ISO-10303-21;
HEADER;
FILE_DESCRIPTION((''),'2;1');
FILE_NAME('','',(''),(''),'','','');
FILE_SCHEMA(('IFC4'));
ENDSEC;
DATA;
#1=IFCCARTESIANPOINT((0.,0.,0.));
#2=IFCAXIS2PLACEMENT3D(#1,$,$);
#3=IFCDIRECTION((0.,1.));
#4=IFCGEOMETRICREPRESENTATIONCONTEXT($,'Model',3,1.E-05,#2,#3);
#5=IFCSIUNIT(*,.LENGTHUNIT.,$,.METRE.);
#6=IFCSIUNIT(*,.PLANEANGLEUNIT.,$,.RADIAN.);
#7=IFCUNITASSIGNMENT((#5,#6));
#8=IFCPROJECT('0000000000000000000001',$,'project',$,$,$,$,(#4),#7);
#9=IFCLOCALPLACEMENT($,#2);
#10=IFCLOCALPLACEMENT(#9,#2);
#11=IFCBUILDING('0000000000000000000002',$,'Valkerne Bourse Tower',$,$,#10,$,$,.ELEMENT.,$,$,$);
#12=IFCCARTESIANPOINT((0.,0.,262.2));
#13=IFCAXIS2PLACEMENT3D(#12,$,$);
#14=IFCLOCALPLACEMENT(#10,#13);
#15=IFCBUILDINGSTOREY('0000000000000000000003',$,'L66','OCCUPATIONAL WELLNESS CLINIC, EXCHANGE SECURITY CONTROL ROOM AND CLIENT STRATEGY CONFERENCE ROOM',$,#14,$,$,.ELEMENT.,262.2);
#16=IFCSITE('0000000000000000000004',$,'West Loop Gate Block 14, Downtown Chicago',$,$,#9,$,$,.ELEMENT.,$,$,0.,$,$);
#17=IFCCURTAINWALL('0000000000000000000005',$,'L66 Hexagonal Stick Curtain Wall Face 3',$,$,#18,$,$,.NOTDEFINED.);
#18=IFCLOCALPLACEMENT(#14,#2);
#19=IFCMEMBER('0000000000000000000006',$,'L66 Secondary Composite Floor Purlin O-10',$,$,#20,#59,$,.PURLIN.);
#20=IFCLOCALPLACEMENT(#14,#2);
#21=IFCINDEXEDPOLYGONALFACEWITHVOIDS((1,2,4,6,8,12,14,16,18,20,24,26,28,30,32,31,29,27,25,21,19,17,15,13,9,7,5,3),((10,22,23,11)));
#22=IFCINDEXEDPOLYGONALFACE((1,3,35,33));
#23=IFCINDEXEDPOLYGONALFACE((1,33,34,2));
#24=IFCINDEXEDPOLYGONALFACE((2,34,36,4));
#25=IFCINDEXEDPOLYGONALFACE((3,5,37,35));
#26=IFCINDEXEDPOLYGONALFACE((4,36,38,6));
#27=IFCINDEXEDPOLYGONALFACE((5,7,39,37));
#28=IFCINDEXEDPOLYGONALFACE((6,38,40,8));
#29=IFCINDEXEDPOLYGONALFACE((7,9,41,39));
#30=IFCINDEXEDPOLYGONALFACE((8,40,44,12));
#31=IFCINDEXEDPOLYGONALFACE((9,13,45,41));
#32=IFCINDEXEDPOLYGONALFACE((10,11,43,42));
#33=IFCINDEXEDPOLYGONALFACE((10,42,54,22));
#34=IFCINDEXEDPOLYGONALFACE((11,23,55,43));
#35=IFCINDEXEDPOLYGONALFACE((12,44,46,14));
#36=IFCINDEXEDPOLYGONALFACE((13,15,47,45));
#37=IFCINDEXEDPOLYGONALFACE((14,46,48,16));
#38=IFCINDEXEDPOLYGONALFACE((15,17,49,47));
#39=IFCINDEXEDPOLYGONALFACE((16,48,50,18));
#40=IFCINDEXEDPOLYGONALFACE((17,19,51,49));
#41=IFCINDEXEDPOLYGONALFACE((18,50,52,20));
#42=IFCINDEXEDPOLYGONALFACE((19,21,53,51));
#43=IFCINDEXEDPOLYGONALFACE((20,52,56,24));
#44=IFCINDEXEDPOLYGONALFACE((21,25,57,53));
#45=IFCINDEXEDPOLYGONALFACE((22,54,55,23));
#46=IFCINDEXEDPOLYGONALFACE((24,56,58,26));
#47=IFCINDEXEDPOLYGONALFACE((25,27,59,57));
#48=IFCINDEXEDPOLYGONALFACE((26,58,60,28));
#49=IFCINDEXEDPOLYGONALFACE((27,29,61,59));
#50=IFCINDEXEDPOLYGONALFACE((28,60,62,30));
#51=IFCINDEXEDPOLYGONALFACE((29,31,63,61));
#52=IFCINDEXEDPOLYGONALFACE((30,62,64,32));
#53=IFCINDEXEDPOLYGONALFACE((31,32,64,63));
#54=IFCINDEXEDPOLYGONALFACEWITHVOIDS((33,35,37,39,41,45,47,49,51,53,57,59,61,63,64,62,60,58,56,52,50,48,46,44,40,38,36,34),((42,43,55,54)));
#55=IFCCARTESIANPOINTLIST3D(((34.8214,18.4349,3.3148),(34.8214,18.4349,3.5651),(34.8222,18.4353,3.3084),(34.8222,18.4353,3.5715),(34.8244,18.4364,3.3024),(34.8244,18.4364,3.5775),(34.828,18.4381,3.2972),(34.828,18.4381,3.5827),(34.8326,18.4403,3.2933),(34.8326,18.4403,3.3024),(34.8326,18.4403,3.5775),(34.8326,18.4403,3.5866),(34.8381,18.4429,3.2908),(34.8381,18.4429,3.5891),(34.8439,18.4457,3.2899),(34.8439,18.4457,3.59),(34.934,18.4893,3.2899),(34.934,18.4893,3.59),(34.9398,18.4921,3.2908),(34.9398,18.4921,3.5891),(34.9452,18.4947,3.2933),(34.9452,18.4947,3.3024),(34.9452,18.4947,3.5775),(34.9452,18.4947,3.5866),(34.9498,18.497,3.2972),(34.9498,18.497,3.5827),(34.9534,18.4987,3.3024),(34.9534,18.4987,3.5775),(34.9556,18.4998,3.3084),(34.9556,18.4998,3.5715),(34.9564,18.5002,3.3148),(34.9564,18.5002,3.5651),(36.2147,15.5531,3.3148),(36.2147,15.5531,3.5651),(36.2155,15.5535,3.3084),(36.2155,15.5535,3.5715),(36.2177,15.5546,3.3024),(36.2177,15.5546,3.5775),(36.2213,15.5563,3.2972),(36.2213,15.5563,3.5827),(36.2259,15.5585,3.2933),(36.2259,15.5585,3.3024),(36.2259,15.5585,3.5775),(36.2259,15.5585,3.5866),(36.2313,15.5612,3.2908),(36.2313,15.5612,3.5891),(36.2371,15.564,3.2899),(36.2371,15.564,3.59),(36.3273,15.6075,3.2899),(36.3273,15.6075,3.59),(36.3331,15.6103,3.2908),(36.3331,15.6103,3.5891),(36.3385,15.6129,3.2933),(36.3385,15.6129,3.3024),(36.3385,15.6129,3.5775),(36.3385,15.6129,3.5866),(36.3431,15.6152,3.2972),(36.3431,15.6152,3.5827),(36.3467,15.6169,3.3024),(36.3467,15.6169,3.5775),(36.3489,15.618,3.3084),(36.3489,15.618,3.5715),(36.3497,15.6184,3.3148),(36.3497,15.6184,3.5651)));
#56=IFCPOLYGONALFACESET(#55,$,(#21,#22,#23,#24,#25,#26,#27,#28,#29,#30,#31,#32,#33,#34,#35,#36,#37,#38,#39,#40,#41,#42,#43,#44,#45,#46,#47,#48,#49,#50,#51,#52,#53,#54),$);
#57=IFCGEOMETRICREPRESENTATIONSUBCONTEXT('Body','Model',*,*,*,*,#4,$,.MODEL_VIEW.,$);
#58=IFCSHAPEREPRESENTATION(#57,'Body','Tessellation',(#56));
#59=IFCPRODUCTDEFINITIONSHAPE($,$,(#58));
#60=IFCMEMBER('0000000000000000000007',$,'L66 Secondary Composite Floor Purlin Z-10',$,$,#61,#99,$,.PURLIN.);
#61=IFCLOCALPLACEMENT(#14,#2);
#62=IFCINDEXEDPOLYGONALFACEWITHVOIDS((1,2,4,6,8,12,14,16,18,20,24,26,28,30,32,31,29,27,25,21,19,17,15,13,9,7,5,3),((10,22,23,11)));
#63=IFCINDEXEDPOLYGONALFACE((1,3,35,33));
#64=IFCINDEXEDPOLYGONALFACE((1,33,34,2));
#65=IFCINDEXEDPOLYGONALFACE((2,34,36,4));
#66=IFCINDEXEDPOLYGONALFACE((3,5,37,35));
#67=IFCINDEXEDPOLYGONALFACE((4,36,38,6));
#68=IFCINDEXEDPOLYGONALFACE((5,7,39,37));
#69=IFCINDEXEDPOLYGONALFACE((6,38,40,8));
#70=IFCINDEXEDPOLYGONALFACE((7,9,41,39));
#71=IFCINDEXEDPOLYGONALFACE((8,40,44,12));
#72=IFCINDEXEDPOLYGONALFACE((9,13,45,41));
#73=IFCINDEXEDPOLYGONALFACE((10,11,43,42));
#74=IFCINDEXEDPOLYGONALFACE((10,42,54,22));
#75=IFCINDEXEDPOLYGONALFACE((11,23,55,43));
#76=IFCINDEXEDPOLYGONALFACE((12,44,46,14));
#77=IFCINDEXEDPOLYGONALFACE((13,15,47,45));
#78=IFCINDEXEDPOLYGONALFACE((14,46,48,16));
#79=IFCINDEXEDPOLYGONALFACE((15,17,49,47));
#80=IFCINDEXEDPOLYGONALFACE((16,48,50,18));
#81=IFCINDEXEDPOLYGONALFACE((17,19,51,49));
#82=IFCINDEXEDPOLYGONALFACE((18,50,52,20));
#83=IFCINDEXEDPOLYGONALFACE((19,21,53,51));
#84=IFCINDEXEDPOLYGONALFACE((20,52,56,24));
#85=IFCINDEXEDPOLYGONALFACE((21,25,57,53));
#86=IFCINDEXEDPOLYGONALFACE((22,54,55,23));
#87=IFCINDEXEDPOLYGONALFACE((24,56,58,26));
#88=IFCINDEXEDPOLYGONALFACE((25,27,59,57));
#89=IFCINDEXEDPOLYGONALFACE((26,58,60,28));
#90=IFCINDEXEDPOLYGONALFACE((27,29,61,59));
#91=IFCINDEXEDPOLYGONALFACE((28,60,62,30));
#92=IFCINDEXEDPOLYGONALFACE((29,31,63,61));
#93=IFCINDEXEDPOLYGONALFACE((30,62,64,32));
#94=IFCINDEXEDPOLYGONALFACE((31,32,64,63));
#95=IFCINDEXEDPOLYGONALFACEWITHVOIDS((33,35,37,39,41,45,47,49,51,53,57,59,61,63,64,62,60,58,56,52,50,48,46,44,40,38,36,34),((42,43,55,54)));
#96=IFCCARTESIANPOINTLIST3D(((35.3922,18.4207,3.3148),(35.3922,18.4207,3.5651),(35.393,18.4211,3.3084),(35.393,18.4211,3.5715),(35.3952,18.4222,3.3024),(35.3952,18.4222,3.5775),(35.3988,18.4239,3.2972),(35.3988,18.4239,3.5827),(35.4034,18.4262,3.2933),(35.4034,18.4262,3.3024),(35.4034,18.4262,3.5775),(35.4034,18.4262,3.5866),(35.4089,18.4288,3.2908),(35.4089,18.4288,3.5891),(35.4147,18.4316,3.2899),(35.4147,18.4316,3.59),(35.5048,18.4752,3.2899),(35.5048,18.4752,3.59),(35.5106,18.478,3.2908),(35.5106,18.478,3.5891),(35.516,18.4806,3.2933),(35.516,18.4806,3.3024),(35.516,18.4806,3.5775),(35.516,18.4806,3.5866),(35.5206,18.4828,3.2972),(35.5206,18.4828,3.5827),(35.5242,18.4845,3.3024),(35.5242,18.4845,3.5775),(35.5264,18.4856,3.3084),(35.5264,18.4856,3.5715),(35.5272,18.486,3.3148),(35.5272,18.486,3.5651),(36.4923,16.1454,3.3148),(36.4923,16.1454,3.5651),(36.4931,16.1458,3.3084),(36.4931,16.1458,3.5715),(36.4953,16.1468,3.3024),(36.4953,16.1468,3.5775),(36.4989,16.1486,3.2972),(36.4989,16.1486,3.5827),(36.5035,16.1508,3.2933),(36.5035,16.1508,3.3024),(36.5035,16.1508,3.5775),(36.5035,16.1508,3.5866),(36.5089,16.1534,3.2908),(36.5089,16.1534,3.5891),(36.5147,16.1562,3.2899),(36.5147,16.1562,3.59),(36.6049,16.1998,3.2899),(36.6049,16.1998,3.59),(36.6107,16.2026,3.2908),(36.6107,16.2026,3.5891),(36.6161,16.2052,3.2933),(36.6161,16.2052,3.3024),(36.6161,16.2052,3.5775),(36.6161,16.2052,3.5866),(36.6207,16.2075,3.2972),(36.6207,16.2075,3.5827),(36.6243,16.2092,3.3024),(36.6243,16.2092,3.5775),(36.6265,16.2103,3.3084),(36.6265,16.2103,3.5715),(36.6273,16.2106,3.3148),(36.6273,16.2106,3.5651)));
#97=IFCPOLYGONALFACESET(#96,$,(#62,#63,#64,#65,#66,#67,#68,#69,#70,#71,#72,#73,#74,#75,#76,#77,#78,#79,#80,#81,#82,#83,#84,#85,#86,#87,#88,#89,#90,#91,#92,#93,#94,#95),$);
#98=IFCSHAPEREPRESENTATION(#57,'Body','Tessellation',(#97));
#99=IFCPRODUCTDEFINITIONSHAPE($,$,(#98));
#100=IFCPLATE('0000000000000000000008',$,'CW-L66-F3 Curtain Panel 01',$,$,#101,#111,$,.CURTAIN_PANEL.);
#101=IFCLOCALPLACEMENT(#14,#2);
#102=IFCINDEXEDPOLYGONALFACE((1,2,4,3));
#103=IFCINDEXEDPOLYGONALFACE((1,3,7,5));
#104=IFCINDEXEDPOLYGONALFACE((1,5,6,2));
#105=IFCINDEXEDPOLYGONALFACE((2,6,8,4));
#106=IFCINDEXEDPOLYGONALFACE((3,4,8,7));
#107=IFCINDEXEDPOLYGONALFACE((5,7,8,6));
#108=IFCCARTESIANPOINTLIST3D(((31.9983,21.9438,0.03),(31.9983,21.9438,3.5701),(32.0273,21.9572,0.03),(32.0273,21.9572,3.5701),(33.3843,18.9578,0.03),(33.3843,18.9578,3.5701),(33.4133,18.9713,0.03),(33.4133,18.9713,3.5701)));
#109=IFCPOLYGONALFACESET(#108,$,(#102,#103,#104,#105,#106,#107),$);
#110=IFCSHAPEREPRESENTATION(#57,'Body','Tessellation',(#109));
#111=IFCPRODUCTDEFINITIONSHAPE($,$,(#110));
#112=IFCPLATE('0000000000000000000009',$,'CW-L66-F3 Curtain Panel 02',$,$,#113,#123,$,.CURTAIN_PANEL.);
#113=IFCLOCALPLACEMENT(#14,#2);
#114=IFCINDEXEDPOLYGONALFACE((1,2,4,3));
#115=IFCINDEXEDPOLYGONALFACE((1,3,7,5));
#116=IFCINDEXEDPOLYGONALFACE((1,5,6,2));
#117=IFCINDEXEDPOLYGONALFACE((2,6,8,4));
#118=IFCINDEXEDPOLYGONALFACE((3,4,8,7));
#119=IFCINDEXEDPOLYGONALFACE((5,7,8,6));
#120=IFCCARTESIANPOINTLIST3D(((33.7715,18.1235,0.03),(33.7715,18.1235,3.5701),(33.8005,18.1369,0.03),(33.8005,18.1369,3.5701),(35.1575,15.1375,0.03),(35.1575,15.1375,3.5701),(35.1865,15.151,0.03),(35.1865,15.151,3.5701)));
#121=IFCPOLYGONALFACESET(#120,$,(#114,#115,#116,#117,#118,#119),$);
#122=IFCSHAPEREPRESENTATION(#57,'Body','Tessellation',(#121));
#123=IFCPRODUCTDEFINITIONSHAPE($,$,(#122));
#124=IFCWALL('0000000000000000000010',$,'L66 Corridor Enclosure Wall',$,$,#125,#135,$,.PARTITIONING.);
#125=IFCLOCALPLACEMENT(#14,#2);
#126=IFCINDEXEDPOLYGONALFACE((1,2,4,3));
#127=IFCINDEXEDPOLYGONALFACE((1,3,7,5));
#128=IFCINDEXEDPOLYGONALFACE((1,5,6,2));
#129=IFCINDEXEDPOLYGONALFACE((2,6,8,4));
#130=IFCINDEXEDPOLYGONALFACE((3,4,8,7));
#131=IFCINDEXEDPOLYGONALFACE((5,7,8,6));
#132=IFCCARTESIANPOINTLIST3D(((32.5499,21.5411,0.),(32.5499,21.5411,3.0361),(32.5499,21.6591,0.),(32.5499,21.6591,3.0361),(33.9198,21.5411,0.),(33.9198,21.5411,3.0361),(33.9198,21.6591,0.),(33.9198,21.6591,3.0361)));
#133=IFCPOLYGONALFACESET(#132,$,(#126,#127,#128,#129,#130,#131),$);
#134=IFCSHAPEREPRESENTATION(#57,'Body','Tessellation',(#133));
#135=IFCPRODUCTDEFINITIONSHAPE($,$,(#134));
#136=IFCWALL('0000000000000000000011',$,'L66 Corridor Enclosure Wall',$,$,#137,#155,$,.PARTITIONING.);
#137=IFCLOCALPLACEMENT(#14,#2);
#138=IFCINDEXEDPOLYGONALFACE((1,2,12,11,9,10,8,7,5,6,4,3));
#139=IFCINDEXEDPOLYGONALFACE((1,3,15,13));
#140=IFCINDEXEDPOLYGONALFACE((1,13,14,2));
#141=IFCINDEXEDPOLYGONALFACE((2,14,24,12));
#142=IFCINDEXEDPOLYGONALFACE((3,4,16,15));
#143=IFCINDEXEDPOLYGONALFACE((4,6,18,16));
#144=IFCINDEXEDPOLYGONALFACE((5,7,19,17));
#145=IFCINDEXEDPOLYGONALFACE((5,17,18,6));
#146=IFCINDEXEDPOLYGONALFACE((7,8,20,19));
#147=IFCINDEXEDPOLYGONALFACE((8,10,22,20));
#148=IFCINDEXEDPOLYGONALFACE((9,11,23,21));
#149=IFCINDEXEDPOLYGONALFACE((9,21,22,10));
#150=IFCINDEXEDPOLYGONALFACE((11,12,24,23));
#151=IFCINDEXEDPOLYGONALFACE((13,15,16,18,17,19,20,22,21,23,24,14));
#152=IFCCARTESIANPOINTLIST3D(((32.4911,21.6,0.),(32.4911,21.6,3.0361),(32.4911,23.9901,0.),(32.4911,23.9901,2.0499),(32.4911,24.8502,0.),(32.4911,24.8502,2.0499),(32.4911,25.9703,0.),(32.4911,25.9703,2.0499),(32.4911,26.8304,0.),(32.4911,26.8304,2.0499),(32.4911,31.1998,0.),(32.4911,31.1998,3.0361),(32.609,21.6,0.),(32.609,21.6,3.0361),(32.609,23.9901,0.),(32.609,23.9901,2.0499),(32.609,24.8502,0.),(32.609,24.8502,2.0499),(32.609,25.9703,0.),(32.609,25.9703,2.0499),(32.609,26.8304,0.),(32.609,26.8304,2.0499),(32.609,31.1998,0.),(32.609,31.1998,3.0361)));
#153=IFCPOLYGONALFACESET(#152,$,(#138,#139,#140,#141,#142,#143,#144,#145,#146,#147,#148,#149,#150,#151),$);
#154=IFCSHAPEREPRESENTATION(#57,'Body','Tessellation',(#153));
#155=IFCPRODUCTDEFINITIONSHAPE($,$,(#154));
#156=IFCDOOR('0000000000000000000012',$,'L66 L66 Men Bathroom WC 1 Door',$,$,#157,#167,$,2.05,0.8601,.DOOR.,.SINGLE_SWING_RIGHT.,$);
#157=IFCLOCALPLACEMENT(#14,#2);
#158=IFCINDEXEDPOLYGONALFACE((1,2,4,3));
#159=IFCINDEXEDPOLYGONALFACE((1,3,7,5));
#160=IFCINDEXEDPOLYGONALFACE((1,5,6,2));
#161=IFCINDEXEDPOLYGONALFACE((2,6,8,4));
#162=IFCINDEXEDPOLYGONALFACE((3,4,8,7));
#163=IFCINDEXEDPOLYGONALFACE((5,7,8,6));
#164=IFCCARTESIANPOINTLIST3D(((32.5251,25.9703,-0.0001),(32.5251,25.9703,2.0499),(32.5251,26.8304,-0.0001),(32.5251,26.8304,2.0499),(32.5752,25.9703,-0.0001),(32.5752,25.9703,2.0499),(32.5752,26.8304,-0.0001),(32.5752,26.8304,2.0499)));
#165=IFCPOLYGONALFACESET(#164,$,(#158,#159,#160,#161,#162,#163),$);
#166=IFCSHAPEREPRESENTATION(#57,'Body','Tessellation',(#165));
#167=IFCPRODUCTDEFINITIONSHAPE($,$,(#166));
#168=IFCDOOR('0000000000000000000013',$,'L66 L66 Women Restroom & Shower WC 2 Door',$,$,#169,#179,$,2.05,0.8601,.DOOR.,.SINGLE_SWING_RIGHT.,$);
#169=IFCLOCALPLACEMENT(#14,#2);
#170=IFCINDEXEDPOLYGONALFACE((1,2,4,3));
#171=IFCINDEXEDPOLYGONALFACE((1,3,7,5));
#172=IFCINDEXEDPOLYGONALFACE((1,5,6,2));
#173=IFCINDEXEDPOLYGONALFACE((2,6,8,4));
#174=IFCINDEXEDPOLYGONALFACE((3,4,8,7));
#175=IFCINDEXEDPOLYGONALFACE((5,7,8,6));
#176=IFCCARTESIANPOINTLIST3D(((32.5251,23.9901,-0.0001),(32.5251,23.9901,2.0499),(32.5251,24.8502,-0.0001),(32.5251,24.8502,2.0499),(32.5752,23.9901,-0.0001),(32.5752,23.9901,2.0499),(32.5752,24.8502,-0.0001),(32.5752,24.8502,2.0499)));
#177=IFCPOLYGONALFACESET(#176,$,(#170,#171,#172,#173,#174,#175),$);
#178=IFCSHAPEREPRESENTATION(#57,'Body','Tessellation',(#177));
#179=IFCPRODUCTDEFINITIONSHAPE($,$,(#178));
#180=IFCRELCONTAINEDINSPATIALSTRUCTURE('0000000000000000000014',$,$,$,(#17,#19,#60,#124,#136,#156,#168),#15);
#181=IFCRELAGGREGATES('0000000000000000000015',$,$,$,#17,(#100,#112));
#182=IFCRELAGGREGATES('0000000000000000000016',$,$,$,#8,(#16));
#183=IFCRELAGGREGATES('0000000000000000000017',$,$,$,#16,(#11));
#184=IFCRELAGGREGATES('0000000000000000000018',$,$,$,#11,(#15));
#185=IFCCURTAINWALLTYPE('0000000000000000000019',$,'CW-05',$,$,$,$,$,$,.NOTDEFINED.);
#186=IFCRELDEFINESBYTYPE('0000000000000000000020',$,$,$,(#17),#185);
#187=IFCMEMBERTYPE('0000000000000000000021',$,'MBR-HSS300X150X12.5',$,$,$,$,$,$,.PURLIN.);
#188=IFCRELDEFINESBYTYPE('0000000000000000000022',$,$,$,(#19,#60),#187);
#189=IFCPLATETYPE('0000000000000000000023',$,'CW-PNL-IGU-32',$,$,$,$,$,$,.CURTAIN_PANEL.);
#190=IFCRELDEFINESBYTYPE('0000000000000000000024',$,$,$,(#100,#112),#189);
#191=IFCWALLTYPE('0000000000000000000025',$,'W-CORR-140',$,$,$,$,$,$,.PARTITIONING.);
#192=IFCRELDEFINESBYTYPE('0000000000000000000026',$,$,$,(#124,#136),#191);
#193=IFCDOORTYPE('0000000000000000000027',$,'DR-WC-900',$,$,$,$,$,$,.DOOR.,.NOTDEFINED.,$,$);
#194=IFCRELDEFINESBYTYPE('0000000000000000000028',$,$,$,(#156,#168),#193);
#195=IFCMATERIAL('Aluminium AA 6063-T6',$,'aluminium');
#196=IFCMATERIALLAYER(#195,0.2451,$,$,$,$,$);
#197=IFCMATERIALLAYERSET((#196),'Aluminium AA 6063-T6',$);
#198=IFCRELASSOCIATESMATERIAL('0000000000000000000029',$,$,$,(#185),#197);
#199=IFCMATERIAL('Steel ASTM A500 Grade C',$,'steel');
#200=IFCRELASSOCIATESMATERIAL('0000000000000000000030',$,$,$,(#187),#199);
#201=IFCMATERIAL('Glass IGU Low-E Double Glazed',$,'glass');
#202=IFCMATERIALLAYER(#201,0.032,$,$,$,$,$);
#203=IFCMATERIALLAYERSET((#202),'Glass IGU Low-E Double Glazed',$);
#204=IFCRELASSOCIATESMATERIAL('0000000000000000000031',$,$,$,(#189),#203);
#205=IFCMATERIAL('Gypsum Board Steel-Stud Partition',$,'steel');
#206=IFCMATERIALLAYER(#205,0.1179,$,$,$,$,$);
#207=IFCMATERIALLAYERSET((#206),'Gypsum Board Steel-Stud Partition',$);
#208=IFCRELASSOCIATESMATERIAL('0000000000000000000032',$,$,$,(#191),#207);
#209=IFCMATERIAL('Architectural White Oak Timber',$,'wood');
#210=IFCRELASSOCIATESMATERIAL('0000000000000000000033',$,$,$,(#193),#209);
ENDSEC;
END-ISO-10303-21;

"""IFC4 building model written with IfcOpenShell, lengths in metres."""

from ifc_helpers import new_model, si_unit, direction, frame, frame_2d, origin, origin_2d, place, context, subcontext, project, spatial, rectangle, hollow_rectangle, extrude, material, layer, layer_set, material_profile, profile_set, type_object, element, fill, aggregate, save


model = new_model("IFC4")

# Units and contexts
model_context = context("Model", 3, precision=1e-05, world=origin(), true_north=direction((0.0, 1.0)))
body_context = subcontext(model_context, "Body", "Model", "MODEL_VIEW")
ifc_project = project(units=[si_unit("LENGTHUNIT", "METRE"), si_unit("PLANEANGLEUNIT", "RADIAN")], contexts=[model_context])

# Site, building, storey
site_placement = place(None, origin())
site = spatial("IfcSite", under=ifc_project, at=site_placement, Name="West Loop Gate Block 14, Downtown Chicago", CompositionType="ELEMENT", RefElevation=0.0)
building_placement = place(site_placement, origin())
building = spatial("IfcBuilding", under=site, at=building_placement, Name="Valkerne Bourse Tower", CompositionType="ELEMENT")
storey_placement = place(building_placement, frame((0.0, 0.0, 262.2)))
storey = spatial("IfcBuildingStorey", under=building, at=storey_placement, Name="L66", Description="OCCUPATIONAL WELLNESS CLINIC, EXCHANGE SECURITY CONTROL ROOM AND CLIENT STRATEGY CONFERENCE ROOM", CompositionType="ELEMENT", Elevation=262.2)

# Curtain wall
ifc_material_1 = material(Name="Aluminium AA 6063-T6", Category="aluminium")
ifc_layer_1 = layer(ifc_material_1, 0.2451)
ifc_layer_set_1 = layer_set([ifc_layer_1], Name="Aluminium AA 6063-T6")
curtain_wall_type = type_object("IfcCurtainWallType", Name="CW-05", PredefinedType="NOTDEFINED", material=ifc_layer_set_1)
curtain_wall_placement = place(storey_placement, origin())
curtain_wall = element("IfcCurtainWall", 1, at=curtain_wall_placement, inside=storey, type_object=curtain_wall_type, Name="L66 Hexagonal Stick Curtain Wall Face 3", PredefinedType="NOTDEFINED")

# Members
ifc_material_2 = material(Name="Steel ASTM A500 Grade C", Category="steel")
ifc_material_profile_1 = material_profile(ifc_material_2, hollow_rectangle(XDim=0.1499, YDim=0.3, WallThickness=0.0125, OuterFilletRadius=0.0249, at=origin_2d()), Name="HSS300X150X12.5")
ifc_profile_set_1 = profile_set([ifc_material_profile_1], Name="Steel ASTM A500 Grade C")
member_type_1 = type_object("IfcMemberType", Name="MBR-HSS300X150X12.5", PredefinedType="PURLIN", material=ifc_profile_set_1)
member_1_placement = place(storey_placement, frame((34.8889, 18.4675, 3.4399), z_axis=(0.435276, -0.900297, 0.0), x_axis=(0.900297, 0.435276, 0.0)))
element("IfcMember", 2, at=member_1_placement, inside=storey, type_object=member_type_1, Name="L66 Secondary Composite Floor Purlin O-10", PredefinedType="PURLIN", context=body_context, shape_type="SweptSolid", body=[
    extrude(hollow_rectangle(XDim=0.1499, YDim=0.3, WallThickness=0.0125, OuterFilletRadius=0.0249, at=origin_2d()), origin(), (0.0, 0.0, 1.0), 3.2009),
])
member_2_placement = place(storey_placement, frame((35.4597, 18.4534, 3.4399), z_axis=(0.435273, -0.900298, 0.0), x_axis=(0.900298, 0.435273, 0.0)))
element("IfcMember", 3, at=member_2_placement, inside=storey, type_object=member_type_1, Name="L66 Secondary Composite Floor Purlin Z-10", PredefinedType="PURLIN", context=body_context, shape_type="SweptSolid", body=[
    extrude(hollow_rectangle(XDim=0.1499, YDim=0.3, WallThickness=0.0125, OuterFilletRadius=0.0249, at=origin_2d()), origin(), (0.0, 0.0, 1.0), 2.5273),
])

# Plates
ifc_material_3 = material(Name="Glass IGU Low-E Double Glazed", Category="glass")
ifc_layer_2 = layer(ifc_material_3, 0.032)
ifc_layer_set_2 = layer_set([ifc_layer_2], Name="Glass IGU Low-E Double Glazed")
plate_type = type_object("IfcPlateType", Name="CW-PNL-IGU-32", PredefinedType="CURTAIN_PANEL", material=ifc_layer_set_2)
plate_1_placement = place(storey_placement, frame((32.7058, 20.4575, 0.03), z_axis=(0.0, 0.0, 1.0), x_axis=(0.421032, -0.907046, 0.0)))
plate_1 = element("IfcPlate", 4, at=plate_1_placement, type_object=plate_type, Name="CW-L66-F3 Curtain Panel 01", PredefinedType="CURTAIN_PANEL", context=body_context, shape_type="SweptSolid", body=[
    extrude(rectangle(XDim=3.292, YDim=0.032, at=origin_2d()), origin(), (0.0, 0.0, 1.0), 3.54),
])
plate_2_placement = place(storey_placement, frame((34.479, 16.6372, 0.03), z_axis=(0.0, 0.0, 1.0), x_axis=(0.421042, -0.907041, 0.0)))
plate_2 = element("IfcPlate", 5, at=plate_2_placement, type_object=plate_type, Name="CW-L66-F3 Curtain Panel 02", PredefinedType="CURTAIN_PANEL", context=body_context, shape_type="SweptSolid", body=[
    extrude(rectangle(XDim=3.292, YDim=0.032, at=origin_2d()), origin(), (0.0, 0.0, 1.0), 3.54),
])
aggregate(curtain_wall, [plate_1, plate_2])

# Wall
ifc_material_4 = material(Name="Gypsum Board Steel-Stud Partition", Category="steel")
ifc_layer_3 = layer(ifc_material_4, 0.1179)
ifc_layer_set_3 = layer_set([ifc_layer_3], Name="Gypsum Board Steel-Stud Partition")
wall_type = type_object("IfcWallType", Name="W-CORR-140", PredefinedType="PARTITIONING", material=ifc_layer_set_3)
wall_1_placement = place(storey_placement, frame((33.9199, 21.6001, 0.0), z_axis=(0.0, 0.0, 1.0), x_axis=(-1.0, 0.0, 0.0)))
element("IfcWall", 6, at=wall_1_placement, inside=storey, type_object=wall_type, Name="L66 Corridor Enclosure Wall", PredefinedType="PARTITIONING", context=body_context, shape_type="SweptSolid", body=[
    extrude(rectangle(XDim=1.3699, YDim=0.1179, at=frame_2d((0.6851, 0.0))), origin(), (0.0, 0.0, 1.0), 3.0361),
])

# Wall, openings, doors
wall_2_placement = place(storey_placement, frame((32.55, 21.6001, 0.0), z_axis=(0.0, 0.0, 1.0), x_axis=(0.0, 1.0, 0.0)))
wall_2 = element("IfcWall", 7, at=wall_2_placement, inside=storey, type_object=wall_type, Name="L66 Corridor Enclosure Wall", PredefinedType="PARTITIONING", context=body_context, shape_type="SweptSolid", body=[
    extrude(rectangle(XDim=9.5999, YDim=0.1179, at=frame_2d((4.7998, 0.0))), origin(), (0.0, 0.0, 1.0), 3.0361),
])
opening_1_placement = place(wall_2_placement, frame((4.3701, 0.0, 0.0)))
opening_1 = element("IfcOpeningElement", 8, at=opening_1_placement, cuts=wall_2, PredefinedType="OPENING", context=body_context, shape_type="SweptSolid", body=[
    extrude(rectangle(XDim=0.8601, YDim=2.05, at=frame_2d((0.4302, 1.0249))), frame((0.0, 0.0688, 0.0), z_axis=(0.0, -1.0, 0.0), x_axis=(1.0, 0.0, 0.0)), (0.0, 0.0, 1.0), 0.1379),
])
opening_2_placement = place(wall_2_placement, frame((2.3899, 0.0, 0.0)))
opening_2 = element("IfcOpeningElement", 9, at=opening_2_placement, cuts=wall_2, PredefinedType="OPENING", context=body_context, shape_type="SweptSolid", body=[
    extrude(rectangle(XDim=0.8601, YDim=2.05, at=frame_2d((0.4302, 1.0249))), frame((0.0, 0.0688, 0.0), z_axis=(0.0, -1.0, 0.0), x_axis=(1.0, 0.0, 0.0)), (0.0, 0.0, 1.0), 0.1379),
])
ifc_material_5 = material(Name="Architectural White Oak Timber", Category="wood")
door_type = type_object("IfcDoorType", Name="DR-WC-900", OperationType="NOTDEFINED", PredefinedType="DOOR", material=ifc_material_5)
door_1_placement = place(opening_1_placement, origin())
door_1 = element("IfcDoor", 10, at=door_1_placement, inside=storey, type_object=door_type, Name="L66 L66 Men Bathroom WC 1 Door", OperationType="SINGLE_SWING_RIGHT", OverallHeight=2.05, OverallWidth=0.8601, PredefinedType="DOOR", context=body_context, shape_type="SweptSolid", body=[
    extrude(rectangle(XDim=0.8601, YDim=2.05, at=frame_2d((0.4302, 1.0249))), frame((0.0, 0.0249, 0.0), z_axis=(0.0, -1.0, 0.0), x_axis=(1.0, 0.0, 0.0)), (0.0, 0.0, 1.0), 0.05),
])
fill(opening_1, door_1)
door_2_placement = place(opening_2_placement, origin())
door_2 = element("IfcDoor", 11, at=door_2_placement, inside=storey, type_object=door_type, Name="L66 L66 Women Restroom & Shower WC 2 Door", OperationType="SINGLE_SWING_RIGHT", OverallHeight=2.05, OverallWidth=0.8601, PredefinedType="DOOR", context=body_context, shape_type="SweptSolid", body=[
    extrude(rectangle(XDim=0.8601, YDim=2.05, at=frame_2d((0.4302, 1.0249))), frame((0.0, 0.0249, 0.0), z_axis=(0.0, -1.0, 0.0), x_axis=(1.0, 0.0, 0.0)), (0.0, 0.0, 1.0), 0.05),
])
fill(opening_2, door_2)

save(model, "model.ifc")
